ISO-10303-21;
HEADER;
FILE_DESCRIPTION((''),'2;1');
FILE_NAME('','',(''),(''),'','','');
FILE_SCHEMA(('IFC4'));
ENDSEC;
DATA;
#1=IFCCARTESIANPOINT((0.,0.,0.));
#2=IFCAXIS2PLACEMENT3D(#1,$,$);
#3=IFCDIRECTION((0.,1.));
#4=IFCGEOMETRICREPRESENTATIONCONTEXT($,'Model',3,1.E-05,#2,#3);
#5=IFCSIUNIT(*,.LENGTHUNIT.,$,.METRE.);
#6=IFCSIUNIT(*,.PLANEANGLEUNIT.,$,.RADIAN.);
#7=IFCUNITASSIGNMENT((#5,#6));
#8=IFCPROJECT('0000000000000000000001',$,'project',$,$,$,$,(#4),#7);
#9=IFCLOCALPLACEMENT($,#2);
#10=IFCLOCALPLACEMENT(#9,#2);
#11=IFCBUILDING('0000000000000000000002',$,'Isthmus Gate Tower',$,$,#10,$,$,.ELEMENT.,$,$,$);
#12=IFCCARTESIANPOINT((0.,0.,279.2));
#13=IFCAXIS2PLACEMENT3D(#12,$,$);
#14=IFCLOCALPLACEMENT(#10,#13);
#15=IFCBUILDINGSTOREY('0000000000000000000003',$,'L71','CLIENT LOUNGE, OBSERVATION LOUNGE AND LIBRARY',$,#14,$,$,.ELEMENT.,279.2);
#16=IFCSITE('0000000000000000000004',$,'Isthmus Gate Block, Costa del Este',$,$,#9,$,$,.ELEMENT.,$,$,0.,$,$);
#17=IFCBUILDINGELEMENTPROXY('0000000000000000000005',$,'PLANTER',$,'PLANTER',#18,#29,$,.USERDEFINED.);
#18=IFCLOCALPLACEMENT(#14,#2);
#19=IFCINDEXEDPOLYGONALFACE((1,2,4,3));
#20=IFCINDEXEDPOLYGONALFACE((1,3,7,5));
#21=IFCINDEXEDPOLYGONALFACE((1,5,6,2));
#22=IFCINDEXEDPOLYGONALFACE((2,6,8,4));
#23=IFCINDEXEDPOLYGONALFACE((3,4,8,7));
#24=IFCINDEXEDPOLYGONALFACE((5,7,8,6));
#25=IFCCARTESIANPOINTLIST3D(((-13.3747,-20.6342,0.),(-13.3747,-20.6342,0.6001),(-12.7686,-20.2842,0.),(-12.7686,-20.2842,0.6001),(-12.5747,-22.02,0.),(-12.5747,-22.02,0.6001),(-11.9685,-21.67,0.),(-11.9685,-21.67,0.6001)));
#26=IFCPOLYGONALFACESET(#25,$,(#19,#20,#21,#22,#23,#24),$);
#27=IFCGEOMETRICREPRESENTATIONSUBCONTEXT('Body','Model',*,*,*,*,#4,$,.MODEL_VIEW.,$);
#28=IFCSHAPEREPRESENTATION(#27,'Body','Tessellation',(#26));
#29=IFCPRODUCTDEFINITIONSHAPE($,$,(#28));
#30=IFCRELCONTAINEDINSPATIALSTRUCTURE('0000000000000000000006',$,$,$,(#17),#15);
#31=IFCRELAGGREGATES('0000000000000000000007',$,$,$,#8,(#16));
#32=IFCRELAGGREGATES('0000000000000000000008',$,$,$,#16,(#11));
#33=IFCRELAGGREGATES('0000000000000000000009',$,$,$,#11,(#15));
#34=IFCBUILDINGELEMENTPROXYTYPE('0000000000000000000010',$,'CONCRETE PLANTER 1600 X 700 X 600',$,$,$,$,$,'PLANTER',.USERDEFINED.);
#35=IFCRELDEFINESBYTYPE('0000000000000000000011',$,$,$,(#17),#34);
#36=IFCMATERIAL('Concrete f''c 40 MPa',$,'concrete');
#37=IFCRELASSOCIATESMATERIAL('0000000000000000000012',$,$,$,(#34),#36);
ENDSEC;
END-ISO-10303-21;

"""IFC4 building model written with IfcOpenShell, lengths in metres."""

from ifc_helpers import new_model, si_unit, direction, frame, origin, origin_2d, place, context, subcontext, project, spatial, rectangle, extrude, material, type_object, element, save


model = new_model("IFC4")

# Units and contexts
model_context = context("Model", 3, precision=1e-05, world=origin(), true_north=direction((0.0, 1.0)))
body_context = subcontext(model_context, "Body", "Model", "MODEL_VIEW")
ifc_project = project(units=[si_unit("LENGTHUNIT", "METRE"), si_unit("PLANEANGLEUNIT", "RADIAN")], contexts=[model_context])

# Site, building, storey
site_placement = place(None, origin())
site = spatial("IfcSite", under=ifc_project, at=site_placement, Name="Isthmus Gate Block, Costa del Este", CompositionType="ELEMENT", RefElevation=0.0)
building_placement = place(site_placement, origin())
building = spatial("IfcBuilding", under=site, at=building_placement, Name="Isthmus Gate Tower", CompositionType="ELEMENT")
storey_placement = place(building_placement, frame((0.0, 0.0, 279.2)))
storey = spatial("IfcBuildingStorey", under=building, at=storey_placement, Name="L71", Description="CLIENT LOUNGE, OBSERVATION LOUNGE AND LIBRARY", CompositionType="ELEMENT", Elevation=279.2)

# Building element proxy
ifc_material_1 = material(Name="Concrete f'c 40 MPa", Category="concrete")
building_element_proxy_type = type_object("IfcBuildingElementProxyType", Name="CONCRETE PLANTER 1600 X 700 X 600", ElementType="PLANTER", PredefinedType="USERDEFINED", material=ifc_material_1)
for number, where, z_axis, x_axis, name in (
    (1, (-12.6716, -21.1521, 0.0), (0.0, 0.0, 1.0), (0.5, -0.866025, 0.0), "PLANTER"),
):
    element("IfcBuildingElementProxy", number, at=place(storey_placement, frame(where, z_axis=z_axis, x_axis=x_axis)), inside=storey, type_object=building_element_proxy_type, Name=name, ObjectType="PLANTER", PredefinedType="USERDEFINED", context=body_context, shape_type="SweptSolid", body=[
        extrude(rectangle(XDim=1.6001, YDim=0.7, at=origin_2d()), origin(), (0.0, 0.0, 1.0), 0.6001),
    ])

save(model, "model.ifc")
